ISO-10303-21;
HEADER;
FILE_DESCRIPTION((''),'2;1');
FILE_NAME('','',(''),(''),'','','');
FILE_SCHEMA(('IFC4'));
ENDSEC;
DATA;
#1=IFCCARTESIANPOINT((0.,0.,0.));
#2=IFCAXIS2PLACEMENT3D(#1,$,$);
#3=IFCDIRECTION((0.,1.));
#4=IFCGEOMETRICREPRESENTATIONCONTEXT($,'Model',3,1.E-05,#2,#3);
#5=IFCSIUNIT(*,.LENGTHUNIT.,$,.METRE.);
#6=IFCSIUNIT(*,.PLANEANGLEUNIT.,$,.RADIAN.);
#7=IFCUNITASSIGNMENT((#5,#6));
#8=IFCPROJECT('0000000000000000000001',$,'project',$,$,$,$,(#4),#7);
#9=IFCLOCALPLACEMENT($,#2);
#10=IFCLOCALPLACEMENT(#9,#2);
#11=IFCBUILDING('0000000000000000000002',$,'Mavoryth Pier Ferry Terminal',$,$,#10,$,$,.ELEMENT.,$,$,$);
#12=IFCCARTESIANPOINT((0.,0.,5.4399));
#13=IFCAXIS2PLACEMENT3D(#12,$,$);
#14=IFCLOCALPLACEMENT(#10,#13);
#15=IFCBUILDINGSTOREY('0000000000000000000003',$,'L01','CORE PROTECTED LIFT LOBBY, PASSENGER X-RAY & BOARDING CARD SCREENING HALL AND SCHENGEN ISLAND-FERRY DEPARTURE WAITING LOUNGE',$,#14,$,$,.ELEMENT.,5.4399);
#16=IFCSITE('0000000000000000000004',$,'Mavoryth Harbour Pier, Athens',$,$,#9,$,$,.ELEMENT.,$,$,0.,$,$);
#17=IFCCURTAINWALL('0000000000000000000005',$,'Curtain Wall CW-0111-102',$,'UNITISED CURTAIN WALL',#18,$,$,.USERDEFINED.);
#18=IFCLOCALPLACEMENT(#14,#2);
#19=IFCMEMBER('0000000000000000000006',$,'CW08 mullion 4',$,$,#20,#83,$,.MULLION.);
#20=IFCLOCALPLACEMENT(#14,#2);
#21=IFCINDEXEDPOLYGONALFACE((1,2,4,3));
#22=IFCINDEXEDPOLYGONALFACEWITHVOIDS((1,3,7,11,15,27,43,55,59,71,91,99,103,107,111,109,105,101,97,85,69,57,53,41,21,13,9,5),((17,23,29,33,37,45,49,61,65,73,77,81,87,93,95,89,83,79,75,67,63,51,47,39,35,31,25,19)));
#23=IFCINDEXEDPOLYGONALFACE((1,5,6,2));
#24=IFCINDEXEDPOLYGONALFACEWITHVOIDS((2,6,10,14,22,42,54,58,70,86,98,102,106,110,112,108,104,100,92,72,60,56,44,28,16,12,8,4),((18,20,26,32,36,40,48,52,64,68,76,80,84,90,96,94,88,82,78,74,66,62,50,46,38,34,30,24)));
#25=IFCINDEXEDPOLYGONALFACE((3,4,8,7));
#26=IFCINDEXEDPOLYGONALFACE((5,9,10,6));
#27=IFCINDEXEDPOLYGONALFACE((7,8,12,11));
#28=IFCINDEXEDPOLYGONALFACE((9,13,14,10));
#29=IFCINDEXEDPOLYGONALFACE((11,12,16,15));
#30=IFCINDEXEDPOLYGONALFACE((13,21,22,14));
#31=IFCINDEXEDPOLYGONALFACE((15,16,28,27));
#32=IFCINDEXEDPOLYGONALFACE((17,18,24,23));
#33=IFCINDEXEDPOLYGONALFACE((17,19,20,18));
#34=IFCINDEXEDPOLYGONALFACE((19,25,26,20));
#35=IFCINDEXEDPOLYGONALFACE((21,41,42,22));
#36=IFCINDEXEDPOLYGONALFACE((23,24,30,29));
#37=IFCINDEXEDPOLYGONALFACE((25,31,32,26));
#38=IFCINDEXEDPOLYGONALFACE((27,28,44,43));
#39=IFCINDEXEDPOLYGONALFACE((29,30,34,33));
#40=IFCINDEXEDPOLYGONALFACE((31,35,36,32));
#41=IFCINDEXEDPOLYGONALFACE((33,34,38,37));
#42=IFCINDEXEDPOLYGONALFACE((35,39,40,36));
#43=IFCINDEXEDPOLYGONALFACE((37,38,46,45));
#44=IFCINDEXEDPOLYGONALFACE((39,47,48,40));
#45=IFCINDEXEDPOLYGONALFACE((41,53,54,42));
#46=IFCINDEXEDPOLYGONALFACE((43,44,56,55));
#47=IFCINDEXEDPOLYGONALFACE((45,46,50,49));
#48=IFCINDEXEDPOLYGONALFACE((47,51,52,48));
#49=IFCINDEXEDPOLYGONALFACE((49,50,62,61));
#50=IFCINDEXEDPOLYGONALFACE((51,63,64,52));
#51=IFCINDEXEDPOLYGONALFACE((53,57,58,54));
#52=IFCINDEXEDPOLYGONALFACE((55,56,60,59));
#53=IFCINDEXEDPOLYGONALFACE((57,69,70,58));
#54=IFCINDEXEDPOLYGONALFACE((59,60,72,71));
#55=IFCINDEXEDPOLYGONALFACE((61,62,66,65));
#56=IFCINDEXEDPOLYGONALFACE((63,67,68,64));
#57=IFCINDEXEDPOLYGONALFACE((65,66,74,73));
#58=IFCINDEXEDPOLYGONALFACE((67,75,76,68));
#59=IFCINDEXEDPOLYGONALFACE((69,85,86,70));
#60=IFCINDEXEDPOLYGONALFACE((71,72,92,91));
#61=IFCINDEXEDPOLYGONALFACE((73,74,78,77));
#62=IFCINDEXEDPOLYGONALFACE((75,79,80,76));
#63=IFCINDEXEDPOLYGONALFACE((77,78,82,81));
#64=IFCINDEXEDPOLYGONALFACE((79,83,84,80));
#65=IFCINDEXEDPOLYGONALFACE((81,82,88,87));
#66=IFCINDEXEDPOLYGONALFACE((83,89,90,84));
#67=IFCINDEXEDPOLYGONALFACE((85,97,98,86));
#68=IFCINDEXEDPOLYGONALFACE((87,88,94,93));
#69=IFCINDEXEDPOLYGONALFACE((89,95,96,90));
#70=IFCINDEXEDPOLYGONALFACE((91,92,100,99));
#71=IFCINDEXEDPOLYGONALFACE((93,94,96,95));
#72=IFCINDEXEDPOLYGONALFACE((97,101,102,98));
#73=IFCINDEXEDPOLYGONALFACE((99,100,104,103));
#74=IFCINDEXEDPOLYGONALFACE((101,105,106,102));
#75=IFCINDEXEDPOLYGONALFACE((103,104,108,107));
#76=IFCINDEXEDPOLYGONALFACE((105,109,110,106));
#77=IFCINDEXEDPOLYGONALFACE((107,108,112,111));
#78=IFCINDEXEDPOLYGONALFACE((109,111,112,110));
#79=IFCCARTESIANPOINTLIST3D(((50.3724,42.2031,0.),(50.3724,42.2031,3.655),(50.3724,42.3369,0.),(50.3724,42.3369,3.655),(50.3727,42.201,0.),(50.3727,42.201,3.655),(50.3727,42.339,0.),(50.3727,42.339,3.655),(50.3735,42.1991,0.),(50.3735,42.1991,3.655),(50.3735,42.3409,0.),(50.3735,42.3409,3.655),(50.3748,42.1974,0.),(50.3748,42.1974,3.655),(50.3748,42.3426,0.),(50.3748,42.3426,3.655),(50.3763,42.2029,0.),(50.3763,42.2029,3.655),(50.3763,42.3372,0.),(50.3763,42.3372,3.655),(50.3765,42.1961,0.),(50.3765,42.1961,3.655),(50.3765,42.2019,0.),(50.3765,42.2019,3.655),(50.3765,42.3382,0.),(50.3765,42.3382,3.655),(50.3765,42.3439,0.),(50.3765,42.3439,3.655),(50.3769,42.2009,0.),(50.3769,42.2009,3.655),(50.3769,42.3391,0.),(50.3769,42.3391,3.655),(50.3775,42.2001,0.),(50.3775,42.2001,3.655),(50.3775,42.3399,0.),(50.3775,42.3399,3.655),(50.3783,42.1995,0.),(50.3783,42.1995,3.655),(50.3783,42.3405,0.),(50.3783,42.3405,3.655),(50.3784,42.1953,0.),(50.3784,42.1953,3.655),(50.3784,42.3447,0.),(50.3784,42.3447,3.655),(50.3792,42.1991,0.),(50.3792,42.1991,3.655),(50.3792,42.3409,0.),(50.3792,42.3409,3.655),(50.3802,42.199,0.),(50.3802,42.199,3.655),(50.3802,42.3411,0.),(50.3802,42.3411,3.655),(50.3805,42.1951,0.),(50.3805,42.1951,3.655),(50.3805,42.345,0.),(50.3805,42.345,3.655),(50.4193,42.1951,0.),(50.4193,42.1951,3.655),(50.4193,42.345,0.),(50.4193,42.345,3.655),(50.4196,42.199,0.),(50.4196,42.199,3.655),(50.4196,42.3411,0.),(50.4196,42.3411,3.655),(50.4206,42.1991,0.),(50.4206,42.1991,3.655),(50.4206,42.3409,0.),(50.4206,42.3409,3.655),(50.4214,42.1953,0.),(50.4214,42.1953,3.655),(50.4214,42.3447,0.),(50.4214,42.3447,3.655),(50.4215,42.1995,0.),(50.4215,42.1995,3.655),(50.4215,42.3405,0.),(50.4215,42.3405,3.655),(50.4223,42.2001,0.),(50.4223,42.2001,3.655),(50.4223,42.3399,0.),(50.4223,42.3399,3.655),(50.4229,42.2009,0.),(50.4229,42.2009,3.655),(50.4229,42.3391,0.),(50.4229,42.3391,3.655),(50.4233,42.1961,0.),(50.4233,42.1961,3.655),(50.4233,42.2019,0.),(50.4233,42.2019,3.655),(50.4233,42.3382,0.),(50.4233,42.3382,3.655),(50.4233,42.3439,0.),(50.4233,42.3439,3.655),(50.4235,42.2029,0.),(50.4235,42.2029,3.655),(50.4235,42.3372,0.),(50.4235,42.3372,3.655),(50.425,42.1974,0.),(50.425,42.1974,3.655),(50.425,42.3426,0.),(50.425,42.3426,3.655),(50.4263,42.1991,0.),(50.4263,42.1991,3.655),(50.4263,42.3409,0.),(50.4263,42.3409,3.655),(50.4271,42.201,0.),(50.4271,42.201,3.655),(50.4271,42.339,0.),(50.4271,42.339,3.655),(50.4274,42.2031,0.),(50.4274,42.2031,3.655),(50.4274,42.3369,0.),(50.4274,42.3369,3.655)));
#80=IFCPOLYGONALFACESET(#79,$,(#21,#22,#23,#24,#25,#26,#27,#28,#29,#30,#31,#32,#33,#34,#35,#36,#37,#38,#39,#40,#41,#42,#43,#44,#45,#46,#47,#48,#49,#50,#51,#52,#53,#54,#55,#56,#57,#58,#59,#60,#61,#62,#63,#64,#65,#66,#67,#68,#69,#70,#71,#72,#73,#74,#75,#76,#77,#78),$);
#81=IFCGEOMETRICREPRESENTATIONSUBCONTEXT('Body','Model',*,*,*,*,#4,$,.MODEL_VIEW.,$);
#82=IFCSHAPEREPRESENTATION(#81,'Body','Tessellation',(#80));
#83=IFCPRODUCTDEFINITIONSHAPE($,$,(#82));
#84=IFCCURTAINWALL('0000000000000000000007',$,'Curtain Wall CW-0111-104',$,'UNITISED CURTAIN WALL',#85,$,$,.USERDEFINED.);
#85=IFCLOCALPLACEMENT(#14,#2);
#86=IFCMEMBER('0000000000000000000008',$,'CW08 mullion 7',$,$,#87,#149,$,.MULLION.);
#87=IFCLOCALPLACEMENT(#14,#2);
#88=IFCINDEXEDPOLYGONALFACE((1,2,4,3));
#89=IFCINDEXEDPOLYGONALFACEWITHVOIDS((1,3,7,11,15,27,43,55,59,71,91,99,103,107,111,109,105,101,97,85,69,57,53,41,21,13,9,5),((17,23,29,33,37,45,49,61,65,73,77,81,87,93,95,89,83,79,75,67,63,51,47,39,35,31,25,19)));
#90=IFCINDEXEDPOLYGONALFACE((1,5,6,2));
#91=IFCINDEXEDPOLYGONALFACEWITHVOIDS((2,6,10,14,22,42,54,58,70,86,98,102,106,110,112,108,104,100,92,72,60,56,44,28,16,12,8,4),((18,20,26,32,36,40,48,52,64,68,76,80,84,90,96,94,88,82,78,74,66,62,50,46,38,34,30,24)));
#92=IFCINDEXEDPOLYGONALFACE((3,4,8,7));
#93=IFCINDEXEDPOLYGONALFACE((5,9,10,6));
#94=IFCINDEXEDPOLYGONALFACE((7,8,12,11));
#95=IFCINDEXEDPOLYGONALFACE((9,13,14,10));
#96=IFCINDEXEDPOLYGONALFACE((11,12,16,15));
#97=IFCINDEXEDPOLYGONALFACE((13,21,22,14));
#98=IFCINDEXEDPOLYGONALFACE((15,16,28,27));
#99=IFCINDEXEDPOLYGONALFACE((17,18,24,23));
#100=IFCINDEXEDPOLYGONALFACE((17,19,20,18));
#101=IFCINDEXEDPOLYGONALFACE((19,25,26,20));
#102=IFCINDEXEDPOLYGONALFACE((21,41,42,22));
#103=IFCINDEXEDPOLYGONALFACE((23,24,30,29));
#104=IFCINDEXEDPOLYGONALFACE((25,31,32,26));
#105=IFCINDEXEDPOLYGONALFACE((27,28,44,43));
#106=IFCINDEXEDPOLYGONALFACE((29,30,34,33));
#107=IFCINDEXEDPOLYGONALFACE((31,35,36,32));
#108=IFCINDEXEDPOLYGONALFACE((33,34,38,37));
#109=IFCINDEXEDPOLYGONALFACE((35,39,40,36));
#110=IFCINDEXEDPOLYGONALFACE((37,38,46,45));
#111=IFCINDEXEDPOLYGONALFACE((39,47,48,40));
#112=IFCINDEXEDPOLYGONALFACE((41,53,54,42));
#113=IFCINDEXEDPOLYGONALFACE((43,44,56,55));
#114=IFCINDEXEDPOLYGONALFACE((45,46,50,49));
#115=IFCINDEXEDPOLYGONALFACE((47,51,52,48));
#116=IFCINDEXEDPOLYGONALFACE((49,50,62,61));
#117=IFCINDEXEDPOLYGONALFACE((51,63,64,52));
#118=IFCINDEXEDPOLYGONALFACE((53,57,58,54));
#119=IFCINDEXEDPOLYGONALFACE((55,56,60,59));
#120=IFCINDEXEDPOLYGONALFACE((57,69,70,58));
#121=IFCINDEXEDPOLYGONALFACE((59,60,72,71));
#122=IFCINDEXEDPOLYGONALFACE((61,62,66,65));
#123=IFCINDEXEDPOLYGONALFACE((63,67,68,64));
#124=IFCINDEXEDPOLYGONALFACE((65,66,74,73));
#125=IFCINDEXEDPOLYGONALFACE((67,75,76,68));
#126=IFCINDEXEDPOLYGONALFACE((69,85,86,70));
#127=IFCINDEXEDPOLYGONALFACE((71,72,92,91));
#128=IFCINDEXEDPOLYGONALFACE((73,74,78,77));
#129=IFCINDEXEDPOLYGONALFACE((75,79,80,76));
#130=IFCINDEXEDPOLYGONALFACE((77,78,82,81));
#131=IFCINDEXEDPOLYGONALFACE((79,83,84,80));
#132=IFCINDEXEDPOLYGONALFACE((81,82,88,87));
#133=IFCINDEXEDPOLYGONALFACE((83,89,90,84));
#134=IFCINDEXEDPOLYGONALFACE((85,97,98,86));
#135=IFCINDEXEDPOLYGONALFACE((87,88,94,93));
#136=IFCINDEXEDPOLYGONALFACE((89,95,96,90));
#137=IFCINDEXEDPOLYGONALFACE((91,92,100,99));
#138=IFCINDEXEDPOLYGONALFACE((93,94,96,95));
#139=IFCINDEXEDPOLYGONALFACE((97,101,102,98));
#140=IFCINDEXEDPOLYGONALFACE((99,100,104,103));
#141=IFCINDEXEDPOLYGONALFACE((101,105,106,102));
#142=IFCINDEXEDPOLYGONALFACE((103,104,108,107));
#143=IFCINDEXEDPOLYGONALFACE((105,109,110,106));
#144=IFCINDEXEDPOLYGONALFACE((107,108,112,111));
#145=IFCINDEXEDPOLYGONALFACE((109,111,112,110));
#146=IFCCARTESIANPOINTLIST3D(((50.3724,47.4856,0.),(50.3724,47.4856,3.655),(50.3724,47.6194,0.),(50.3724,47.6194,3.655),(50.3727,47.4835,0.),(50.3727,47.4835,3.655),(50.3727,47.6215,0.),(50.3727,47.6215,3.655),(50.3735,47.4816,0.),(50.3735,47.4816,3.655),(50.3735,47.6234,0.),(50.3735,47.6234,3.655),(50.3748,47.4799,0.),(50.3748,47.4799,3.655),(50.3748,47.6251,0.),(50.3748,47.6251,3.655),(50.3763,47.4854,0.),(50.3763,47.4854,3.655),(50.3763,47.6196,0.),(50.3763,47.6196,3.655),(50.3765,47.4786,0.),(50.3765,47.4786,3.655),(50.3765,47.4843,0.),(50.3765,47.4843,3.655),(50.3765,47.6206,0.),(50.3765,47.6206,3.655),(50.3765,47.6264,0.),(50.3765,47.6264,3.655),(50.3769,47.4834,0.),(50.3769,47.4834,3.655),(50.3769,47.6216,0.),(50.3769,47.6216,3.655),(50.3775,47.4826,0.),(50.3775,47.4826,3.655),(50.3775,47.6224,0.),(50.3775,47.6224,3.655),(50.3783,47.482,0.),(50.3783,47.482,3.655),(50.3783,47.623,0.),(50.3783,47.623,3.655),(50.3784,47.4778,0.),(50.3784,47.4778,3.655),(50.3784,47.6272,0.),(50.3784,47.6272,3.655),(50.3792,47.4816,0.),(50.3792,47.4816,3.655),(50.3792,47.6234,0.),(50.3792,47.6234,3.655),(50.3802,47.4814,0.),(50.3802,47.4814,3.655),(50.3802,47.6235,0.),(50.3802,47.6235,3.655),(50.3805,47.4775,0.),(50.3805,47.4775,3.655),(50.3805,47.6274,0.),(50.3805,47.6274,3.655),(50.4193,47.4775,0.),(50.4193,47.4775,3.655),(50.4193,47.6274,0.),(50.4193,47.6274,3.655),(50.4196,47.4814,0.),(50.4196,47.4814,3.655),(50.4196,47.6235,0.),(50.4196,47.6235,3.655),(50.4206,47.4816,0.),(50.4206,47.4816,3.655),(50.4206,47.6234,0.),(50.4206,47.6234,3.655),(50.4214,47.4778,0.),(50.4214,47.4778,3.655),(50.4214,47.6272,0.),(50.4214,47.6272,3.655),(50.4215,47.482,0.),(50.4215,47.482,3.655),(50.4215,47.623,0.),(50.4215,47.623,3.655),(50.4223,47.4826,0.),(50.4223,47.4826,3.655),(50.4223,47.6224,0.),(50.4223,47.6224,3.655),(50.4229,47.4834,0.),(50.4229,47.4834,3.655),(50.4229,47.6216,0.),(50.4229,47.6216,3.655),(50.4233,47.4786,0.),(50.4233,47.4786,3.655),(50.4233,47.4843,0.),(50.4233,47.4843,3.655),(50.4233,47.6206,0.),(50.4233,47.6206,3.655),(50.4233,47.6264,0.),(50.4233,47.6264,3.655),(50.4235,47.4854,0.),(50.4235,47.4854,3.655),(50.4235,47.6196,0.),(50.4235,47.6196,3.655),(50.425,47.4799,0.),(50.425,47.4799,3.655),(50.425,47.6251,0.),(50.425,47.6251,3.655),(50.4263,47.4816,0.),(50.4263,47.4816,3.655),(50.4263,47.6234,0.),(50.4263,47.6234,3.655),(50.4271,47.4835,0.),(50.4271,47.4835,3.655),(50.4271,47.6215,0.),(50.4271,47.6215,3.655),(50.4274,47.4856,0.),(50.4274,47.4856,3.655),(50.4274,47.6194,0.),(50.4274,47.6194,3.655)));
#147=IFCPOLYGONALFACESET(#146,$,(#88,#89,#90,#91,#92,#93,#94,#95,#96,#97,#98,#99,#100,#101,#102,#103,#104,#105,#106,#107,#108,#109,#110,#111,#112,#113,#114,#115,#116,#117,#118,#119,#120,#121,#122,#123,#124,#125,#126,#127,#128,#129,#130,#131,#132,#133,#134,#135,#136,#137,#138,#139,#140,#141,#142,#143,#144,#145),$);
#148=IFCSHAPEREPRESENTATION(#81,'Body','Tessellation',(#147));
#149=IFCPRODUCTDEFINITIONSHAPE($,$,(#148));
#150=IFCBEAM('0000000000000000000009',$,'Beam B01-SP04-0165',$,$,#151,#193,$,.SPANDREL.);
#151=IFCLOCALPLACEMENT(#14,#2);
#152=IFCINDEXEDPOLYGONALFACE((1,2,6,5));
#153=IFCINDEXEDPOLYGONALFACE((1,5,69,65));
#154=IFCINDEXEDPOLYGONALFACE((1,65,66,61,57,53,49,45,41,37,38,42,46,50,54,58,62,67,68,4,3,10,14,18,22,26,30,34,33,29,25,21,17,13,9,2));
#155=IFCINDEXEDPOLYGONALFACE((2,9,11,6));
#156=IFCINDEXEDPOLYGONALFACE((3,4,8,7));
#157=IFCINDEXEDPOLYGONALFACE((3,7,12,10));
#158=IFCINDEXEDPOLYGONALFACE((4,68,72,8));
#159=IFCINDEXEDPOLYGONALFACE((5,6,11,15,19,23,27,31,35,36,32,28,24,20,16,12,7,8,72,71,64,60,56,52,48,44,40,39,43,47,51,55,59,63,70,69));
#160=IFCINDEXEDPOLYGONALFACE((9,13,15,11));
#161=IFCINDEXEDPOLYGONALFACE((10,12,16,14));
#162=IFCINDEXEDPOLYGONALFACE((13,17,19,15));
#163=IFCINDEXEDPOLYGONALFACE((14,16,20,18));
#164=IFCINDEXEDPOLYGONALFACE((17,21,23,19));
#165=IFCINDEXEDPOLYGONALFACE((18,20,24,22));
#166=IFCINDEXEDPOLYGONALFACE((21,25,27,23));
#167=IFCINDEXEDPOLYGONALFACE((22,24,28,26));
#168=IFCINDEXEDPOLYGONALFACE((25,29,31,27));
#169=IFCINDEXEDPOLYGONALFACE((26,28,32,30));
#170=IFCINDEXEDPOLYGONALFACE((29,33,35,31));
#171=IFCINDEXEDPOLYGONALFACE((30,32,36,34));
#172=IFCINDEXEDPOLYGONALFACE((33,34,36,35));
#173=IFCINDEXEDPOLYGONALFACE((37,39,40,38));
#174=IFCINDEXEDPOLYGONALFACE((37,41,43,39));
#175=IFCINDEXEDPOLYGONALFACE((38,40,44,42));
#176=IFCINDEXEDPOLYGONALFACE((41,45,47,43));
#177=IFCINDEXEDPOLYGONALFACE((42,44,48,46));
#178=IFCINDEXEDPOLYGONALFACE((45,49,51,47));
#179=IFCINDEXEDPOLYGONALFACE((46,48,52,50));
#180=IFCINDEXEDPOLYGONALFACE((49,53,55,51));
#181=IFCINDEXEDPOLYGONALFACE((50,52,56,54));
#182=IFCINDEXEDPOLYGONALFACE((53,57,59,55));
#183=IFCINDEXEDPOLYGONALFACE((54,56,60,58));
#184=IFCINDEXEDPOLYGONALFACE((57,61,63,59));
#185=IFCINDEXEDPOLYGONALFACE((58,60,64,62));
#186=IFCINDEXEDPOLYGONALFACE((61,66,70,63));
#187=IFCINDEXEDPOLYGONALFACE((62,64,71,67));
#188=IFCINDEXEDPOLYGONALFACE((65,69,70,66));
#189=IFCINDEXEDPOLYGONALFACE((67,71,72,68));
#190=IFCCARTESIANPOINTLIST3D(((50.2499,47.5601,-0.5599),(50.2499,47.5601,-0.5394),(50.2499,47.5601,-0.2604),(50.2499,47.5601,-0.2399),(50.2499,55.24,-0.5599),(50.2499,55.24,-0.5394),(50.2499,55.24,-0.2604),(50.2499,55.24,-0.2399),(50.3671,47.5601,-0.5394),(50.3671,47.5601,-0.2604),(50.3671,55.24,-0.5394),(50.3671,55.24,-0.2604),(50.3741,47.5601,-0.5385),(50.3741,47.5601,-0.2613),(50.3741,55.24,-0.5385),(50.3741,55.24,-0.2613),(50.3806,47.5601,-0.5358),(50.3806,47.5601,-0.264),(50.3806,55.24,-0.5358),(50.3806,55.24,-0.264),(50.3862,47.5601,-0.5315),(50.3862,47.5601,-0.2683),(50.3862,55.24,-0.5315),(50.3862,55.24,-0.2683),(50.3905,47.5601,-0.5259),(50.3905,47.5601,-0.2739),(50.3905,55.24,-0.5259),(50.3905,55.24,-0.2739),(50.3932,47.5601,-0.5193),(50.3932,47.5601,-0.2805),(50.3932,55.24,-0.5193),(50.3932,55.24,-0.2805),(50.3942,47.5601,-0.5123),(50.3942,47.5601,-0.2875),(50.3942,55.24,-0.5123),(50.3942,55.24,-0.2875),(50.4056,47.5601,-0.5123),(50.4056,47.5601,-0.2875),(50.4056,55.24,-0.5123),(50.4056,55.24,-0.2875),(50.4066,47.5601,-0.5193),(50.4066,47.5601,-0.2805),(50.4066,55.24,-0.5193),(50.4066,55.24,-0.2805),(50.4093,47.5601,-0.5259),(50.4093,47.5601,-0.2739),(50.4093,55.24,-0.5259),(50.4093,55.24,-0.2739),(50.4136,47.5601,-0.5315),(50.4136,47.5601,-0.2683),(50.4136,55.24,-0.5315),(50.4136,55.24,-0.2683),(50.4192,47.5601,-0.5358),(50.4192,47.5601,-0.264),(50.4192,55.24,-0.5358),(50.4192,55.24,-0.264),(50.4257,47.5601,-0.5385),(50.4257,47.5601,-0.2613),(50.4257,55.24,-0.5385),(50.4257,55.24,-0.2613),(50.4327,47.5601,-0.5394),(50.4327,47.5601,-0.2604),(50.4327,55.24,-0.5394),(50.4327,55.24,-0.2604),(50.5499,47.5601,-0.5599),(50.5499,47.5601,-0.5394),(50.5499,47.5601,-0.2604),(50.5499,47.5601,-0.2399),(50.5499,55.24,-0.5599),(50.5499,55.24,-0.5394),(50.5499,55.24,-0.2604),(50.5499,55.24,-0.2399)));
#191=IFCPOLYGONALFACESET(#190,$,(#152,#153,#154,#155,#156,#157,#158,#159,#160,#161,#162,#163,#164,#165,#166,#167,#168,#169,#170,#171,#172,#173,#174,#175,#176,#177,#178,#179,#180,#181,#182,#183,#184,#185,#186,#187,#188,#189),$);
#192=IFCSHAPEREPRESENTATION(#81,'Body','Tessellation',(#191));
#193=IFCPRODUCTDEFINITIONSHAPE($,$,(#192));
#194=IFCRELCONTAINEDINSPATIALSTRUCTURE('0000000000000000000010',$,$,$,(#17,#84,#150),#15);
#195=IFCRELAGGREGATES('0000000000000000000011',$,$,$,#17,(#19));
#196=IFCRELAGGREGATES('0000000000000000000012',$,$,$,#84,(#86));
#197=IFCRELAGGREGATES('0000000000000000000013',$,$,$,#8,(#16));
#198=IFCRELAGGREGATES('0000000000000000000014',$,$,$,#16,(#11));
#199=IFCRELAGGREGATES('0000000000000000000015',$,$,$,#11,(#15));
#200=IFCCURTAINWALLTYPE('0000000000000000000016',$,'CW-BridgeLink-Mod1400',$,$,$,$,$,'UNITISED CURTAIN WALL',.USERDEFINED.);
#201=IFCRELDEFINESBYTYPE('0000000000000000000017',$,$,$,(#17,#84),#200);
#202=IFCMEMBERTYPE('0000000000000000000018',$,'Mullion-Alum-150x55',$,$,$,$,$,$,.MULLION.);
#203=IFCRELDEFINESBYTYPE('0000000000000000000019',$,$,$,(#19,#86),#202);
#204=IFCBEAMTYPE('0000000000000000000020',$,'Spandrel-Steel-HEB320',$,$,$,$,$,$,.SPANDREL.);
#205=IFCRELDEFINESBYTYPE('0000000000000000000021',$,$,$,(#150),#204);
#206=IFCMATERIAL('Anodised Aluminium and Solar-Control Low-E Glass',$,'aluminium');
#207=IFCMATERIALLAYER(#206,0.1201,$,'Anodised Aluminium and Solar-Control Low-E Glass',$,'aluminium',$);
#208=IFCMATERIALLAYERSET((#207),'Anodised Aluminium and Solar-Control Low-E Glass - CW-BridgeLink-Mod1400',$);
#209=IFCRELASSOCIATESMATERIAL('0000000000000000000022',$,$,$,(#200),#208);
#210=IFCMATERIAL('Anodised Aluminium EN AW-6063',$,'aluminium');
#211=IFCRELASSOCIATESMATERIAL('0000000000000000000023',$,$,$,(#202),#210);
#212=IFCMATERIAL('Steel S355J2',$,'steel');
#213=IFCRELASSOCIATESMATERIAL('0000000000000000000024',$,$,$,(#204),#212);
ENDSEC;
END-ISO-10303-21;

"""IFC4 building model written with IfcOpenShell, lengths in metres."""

from ifc_helpers import new_model, si_unit, direction, frame, origin, origin_2d, place, context, subcontext, project, spatial, hollow_rectangle, i_section, extrude, material, layer, layer_set, material_profile, profile_set, type_object, element, aggregate, save


model = new_model("IFC4")

# Units and contexts
model_context = context("Model", 3, precision=1e-05, world=origin(), true_north=direction((0.0, 1.0)))
body_context = subcontext(model_context, "Body", "Model", "MODEL_VIEW")
ifc_project = project(units=[si_unit("LENGTHUNIT", "METRE"), si_unit("PLANEANGLEUNIT", "RADIAN")], contexts=[model_context])

# Site, building, storey
site_placement = place(None, origin())
site = spatial("IfcSite", under=ifc_project, at=site_placement, Name="Mavoryth Harbour Pier, Athens", CompositionType="ELEMENT", RefElevation=0.0)
building_placement = place(site_placement, origin())
building = spatial("IfcBuilding", under=site, at=building_placement, Name="Mavoryth Pier Ferry Terminal", CompositionType="ELEMENT")
storey_placement = place(building_placement, frame((0.0, 0.0, 5.4399)))
storey = spatial("IfcBuildingStorey", under=building, at=storey_placement, Name="L01", Description="CORE PROTECTED LIFT LOBBY, PASSENGER X-RAY & BOARDING CARD SCREENING HALL AND SCHENGEN ISLAND-FERRY DEPARTURE WAITING LOUNGE", CompositionType="ELEMENT", Elevation=5.4399)

# Shared definitions
ifc_material_1 = material(Name="Steel S355J2", Category="steel")

# Curtain wall, member
ifc_material_2 = material(Name="Anodised Aluminium and Solar-Control Low-E Glass", Category="aluminium")
ifc_layer_1 = layer(ifc_material_2, 0.1201, Name="Anodised Aluminium and Solar-Control Low-E Glass", Category="aluminium")
ifc_layer_set_1 = layer_set([ifc_layer_1], Name="Anodised Aluminium and Solar-Control Low-E Glass - CW-BridgeLink-Mod1400")
curtain_wall_type = type_object("IfcCurtainWallType", Name="CW-BridgeLink-Mod1400", ElementType="UNITISED CURTAIN WALL", PredefinedType="USERDEFINED", material=ifc_layer_set_1)
curtain_wall_1_placement = place(storey_placement, origin())
curtain_wall_1 = element("IfcCurtainWall", 1, at=curtain_wall_1_placement, inside=storey, type_object=curtain_wall_type, Name="Curtain Wall CW-0111-102", ObjectType="UNITISED CURTAIN WALL", PredefinedType="USERDEFINED")
ifc_material_3 = material(Name="Anodised Aluminium EN AW-6063", Category="aluminium")
ifc_material_profile_1 = material_profile(ifc_material_3, hollow_rectangle(XDim=0.0549, YDim=0.1499, WallThickness=0.0039, InnerFilletRadius=0.0039, OuterFilletRadius=0.0081, at=origin_2d()), Name="AL-MULL 150x55x4", Category="aluminium")
ifc_profile_set_1 = profile_set([ifc_material_profile_1], Name="Anodised Aluminium EN AW-6063 - AL-MULL 150x55x4")
member_type_1 = type_object("IfcMemberType", Name="Mullion-Alum-150x55", PredefinedType="MULLION", material=ifc_profile_set_1)
member_1_placement = place(storey_placement, frame((50.3999, 42.27, 0.0), z_axis=(0.0, 0.0, 1.0), x_axis=(1.0, 0.0, 0.0)))
member_1 = element("IfcMember", 2, at=member_1_placement, type_object=member_type_1, Name="CW08 mullion 4", PredefinedType="MULLION", context=body_context, shape_type="SweptSolid", body=[
    extrude(hollow_rectangle(XDim=0.0549, YDim=0.1499, WallThickness=0.0039, InnerFilletRadius=0.0039, OuterFilletRadius=0.0081, at=origin_2d()), origin(), (0.0, 0.0, 1.0), 3.655),
])

# Curtain wall, member
curtain_wall_2_placement = place(storey_placement, origin())
curtain_wall_2 = element("IfcCurtainWall", 3, at=curtain_wall_2_placement, inside=storey, type_object=curtain_wall_type, Name="Curtain Wall CW-0111-104", ObjectType="UNITISED CURTAIN WALL", PredefinedType="USERDEFINED")
member_2_placement = place(storey_placement, frame((50.3999, 47.5525, 0.0), z_axis=(0.0, 0.0, 1.0), x_axis=(1.0, 0.0, 0.0)))
member_2 = element("IfcMember", 4, at=member_2_placement, type_object=member_type_1, Name="CW08 mullion 7", PredefinedType="MULLION", context=body_context, shape_type="SweptSolid", body=[
    extrude(hollow_rectangle(XDim=0.0549, YDim=0.1499, WallThickness=0.0039, InnerFilletRadius=0.0039, OuterFilletRadius=0.0081, at=origin_2d()), origin(), (0.0, 0.0, 1.0), 3.655),
])

# Beam
ifc_material_profile_2 = material_profile(ifc_material_1, i_section(OverallWidth=0.3, OverallDepth=0.3201, WebThickness=0.0115, FlangeThickness=0.0205, FilletRadius=0.0271, at=origin_2d()), Name="HEB 320", Category="steel")
ifc_profile_set_2 = profile_set([ifc_material_profile_2], Name="Steel S355J2 - HEB 320")
beam_type_1 = type_object("IfcBeamType", Name="Spandrel-Steel-HEB320", PredefinedType="SPANDREL", material=ifc_profile_set_2)
beam_1_placement = place(storey_placement, frame((50.3999, 47.5601, -0.3999), z_axis=(0.0, 1.0, 0.0), x_axis=(-1.0, 0.0, 0.0)))
element("IfcBeam", 5, at=beam_1_placement, inside=storey, type_object=beam_type_1, Name="Beam B01-SP04-0165", PredefinedType="SPANDREL", context=body_context, shape_type="SweptSolid", body=[
    extrude(i_section(OverallWidth=0.3, OverallDepth=0.3201, WebThickness=0.0115, FlangeThickness=0.0205, FilletRadius=0.0271, at=origin_2d()), origin(), (0.0, 0.0, 1.0), 7.6799),
])

aggregate(curtain_wall_1, [member_1])
aggregate(curtain_wall_2, [member_2])

save(model, "model.ifc")
